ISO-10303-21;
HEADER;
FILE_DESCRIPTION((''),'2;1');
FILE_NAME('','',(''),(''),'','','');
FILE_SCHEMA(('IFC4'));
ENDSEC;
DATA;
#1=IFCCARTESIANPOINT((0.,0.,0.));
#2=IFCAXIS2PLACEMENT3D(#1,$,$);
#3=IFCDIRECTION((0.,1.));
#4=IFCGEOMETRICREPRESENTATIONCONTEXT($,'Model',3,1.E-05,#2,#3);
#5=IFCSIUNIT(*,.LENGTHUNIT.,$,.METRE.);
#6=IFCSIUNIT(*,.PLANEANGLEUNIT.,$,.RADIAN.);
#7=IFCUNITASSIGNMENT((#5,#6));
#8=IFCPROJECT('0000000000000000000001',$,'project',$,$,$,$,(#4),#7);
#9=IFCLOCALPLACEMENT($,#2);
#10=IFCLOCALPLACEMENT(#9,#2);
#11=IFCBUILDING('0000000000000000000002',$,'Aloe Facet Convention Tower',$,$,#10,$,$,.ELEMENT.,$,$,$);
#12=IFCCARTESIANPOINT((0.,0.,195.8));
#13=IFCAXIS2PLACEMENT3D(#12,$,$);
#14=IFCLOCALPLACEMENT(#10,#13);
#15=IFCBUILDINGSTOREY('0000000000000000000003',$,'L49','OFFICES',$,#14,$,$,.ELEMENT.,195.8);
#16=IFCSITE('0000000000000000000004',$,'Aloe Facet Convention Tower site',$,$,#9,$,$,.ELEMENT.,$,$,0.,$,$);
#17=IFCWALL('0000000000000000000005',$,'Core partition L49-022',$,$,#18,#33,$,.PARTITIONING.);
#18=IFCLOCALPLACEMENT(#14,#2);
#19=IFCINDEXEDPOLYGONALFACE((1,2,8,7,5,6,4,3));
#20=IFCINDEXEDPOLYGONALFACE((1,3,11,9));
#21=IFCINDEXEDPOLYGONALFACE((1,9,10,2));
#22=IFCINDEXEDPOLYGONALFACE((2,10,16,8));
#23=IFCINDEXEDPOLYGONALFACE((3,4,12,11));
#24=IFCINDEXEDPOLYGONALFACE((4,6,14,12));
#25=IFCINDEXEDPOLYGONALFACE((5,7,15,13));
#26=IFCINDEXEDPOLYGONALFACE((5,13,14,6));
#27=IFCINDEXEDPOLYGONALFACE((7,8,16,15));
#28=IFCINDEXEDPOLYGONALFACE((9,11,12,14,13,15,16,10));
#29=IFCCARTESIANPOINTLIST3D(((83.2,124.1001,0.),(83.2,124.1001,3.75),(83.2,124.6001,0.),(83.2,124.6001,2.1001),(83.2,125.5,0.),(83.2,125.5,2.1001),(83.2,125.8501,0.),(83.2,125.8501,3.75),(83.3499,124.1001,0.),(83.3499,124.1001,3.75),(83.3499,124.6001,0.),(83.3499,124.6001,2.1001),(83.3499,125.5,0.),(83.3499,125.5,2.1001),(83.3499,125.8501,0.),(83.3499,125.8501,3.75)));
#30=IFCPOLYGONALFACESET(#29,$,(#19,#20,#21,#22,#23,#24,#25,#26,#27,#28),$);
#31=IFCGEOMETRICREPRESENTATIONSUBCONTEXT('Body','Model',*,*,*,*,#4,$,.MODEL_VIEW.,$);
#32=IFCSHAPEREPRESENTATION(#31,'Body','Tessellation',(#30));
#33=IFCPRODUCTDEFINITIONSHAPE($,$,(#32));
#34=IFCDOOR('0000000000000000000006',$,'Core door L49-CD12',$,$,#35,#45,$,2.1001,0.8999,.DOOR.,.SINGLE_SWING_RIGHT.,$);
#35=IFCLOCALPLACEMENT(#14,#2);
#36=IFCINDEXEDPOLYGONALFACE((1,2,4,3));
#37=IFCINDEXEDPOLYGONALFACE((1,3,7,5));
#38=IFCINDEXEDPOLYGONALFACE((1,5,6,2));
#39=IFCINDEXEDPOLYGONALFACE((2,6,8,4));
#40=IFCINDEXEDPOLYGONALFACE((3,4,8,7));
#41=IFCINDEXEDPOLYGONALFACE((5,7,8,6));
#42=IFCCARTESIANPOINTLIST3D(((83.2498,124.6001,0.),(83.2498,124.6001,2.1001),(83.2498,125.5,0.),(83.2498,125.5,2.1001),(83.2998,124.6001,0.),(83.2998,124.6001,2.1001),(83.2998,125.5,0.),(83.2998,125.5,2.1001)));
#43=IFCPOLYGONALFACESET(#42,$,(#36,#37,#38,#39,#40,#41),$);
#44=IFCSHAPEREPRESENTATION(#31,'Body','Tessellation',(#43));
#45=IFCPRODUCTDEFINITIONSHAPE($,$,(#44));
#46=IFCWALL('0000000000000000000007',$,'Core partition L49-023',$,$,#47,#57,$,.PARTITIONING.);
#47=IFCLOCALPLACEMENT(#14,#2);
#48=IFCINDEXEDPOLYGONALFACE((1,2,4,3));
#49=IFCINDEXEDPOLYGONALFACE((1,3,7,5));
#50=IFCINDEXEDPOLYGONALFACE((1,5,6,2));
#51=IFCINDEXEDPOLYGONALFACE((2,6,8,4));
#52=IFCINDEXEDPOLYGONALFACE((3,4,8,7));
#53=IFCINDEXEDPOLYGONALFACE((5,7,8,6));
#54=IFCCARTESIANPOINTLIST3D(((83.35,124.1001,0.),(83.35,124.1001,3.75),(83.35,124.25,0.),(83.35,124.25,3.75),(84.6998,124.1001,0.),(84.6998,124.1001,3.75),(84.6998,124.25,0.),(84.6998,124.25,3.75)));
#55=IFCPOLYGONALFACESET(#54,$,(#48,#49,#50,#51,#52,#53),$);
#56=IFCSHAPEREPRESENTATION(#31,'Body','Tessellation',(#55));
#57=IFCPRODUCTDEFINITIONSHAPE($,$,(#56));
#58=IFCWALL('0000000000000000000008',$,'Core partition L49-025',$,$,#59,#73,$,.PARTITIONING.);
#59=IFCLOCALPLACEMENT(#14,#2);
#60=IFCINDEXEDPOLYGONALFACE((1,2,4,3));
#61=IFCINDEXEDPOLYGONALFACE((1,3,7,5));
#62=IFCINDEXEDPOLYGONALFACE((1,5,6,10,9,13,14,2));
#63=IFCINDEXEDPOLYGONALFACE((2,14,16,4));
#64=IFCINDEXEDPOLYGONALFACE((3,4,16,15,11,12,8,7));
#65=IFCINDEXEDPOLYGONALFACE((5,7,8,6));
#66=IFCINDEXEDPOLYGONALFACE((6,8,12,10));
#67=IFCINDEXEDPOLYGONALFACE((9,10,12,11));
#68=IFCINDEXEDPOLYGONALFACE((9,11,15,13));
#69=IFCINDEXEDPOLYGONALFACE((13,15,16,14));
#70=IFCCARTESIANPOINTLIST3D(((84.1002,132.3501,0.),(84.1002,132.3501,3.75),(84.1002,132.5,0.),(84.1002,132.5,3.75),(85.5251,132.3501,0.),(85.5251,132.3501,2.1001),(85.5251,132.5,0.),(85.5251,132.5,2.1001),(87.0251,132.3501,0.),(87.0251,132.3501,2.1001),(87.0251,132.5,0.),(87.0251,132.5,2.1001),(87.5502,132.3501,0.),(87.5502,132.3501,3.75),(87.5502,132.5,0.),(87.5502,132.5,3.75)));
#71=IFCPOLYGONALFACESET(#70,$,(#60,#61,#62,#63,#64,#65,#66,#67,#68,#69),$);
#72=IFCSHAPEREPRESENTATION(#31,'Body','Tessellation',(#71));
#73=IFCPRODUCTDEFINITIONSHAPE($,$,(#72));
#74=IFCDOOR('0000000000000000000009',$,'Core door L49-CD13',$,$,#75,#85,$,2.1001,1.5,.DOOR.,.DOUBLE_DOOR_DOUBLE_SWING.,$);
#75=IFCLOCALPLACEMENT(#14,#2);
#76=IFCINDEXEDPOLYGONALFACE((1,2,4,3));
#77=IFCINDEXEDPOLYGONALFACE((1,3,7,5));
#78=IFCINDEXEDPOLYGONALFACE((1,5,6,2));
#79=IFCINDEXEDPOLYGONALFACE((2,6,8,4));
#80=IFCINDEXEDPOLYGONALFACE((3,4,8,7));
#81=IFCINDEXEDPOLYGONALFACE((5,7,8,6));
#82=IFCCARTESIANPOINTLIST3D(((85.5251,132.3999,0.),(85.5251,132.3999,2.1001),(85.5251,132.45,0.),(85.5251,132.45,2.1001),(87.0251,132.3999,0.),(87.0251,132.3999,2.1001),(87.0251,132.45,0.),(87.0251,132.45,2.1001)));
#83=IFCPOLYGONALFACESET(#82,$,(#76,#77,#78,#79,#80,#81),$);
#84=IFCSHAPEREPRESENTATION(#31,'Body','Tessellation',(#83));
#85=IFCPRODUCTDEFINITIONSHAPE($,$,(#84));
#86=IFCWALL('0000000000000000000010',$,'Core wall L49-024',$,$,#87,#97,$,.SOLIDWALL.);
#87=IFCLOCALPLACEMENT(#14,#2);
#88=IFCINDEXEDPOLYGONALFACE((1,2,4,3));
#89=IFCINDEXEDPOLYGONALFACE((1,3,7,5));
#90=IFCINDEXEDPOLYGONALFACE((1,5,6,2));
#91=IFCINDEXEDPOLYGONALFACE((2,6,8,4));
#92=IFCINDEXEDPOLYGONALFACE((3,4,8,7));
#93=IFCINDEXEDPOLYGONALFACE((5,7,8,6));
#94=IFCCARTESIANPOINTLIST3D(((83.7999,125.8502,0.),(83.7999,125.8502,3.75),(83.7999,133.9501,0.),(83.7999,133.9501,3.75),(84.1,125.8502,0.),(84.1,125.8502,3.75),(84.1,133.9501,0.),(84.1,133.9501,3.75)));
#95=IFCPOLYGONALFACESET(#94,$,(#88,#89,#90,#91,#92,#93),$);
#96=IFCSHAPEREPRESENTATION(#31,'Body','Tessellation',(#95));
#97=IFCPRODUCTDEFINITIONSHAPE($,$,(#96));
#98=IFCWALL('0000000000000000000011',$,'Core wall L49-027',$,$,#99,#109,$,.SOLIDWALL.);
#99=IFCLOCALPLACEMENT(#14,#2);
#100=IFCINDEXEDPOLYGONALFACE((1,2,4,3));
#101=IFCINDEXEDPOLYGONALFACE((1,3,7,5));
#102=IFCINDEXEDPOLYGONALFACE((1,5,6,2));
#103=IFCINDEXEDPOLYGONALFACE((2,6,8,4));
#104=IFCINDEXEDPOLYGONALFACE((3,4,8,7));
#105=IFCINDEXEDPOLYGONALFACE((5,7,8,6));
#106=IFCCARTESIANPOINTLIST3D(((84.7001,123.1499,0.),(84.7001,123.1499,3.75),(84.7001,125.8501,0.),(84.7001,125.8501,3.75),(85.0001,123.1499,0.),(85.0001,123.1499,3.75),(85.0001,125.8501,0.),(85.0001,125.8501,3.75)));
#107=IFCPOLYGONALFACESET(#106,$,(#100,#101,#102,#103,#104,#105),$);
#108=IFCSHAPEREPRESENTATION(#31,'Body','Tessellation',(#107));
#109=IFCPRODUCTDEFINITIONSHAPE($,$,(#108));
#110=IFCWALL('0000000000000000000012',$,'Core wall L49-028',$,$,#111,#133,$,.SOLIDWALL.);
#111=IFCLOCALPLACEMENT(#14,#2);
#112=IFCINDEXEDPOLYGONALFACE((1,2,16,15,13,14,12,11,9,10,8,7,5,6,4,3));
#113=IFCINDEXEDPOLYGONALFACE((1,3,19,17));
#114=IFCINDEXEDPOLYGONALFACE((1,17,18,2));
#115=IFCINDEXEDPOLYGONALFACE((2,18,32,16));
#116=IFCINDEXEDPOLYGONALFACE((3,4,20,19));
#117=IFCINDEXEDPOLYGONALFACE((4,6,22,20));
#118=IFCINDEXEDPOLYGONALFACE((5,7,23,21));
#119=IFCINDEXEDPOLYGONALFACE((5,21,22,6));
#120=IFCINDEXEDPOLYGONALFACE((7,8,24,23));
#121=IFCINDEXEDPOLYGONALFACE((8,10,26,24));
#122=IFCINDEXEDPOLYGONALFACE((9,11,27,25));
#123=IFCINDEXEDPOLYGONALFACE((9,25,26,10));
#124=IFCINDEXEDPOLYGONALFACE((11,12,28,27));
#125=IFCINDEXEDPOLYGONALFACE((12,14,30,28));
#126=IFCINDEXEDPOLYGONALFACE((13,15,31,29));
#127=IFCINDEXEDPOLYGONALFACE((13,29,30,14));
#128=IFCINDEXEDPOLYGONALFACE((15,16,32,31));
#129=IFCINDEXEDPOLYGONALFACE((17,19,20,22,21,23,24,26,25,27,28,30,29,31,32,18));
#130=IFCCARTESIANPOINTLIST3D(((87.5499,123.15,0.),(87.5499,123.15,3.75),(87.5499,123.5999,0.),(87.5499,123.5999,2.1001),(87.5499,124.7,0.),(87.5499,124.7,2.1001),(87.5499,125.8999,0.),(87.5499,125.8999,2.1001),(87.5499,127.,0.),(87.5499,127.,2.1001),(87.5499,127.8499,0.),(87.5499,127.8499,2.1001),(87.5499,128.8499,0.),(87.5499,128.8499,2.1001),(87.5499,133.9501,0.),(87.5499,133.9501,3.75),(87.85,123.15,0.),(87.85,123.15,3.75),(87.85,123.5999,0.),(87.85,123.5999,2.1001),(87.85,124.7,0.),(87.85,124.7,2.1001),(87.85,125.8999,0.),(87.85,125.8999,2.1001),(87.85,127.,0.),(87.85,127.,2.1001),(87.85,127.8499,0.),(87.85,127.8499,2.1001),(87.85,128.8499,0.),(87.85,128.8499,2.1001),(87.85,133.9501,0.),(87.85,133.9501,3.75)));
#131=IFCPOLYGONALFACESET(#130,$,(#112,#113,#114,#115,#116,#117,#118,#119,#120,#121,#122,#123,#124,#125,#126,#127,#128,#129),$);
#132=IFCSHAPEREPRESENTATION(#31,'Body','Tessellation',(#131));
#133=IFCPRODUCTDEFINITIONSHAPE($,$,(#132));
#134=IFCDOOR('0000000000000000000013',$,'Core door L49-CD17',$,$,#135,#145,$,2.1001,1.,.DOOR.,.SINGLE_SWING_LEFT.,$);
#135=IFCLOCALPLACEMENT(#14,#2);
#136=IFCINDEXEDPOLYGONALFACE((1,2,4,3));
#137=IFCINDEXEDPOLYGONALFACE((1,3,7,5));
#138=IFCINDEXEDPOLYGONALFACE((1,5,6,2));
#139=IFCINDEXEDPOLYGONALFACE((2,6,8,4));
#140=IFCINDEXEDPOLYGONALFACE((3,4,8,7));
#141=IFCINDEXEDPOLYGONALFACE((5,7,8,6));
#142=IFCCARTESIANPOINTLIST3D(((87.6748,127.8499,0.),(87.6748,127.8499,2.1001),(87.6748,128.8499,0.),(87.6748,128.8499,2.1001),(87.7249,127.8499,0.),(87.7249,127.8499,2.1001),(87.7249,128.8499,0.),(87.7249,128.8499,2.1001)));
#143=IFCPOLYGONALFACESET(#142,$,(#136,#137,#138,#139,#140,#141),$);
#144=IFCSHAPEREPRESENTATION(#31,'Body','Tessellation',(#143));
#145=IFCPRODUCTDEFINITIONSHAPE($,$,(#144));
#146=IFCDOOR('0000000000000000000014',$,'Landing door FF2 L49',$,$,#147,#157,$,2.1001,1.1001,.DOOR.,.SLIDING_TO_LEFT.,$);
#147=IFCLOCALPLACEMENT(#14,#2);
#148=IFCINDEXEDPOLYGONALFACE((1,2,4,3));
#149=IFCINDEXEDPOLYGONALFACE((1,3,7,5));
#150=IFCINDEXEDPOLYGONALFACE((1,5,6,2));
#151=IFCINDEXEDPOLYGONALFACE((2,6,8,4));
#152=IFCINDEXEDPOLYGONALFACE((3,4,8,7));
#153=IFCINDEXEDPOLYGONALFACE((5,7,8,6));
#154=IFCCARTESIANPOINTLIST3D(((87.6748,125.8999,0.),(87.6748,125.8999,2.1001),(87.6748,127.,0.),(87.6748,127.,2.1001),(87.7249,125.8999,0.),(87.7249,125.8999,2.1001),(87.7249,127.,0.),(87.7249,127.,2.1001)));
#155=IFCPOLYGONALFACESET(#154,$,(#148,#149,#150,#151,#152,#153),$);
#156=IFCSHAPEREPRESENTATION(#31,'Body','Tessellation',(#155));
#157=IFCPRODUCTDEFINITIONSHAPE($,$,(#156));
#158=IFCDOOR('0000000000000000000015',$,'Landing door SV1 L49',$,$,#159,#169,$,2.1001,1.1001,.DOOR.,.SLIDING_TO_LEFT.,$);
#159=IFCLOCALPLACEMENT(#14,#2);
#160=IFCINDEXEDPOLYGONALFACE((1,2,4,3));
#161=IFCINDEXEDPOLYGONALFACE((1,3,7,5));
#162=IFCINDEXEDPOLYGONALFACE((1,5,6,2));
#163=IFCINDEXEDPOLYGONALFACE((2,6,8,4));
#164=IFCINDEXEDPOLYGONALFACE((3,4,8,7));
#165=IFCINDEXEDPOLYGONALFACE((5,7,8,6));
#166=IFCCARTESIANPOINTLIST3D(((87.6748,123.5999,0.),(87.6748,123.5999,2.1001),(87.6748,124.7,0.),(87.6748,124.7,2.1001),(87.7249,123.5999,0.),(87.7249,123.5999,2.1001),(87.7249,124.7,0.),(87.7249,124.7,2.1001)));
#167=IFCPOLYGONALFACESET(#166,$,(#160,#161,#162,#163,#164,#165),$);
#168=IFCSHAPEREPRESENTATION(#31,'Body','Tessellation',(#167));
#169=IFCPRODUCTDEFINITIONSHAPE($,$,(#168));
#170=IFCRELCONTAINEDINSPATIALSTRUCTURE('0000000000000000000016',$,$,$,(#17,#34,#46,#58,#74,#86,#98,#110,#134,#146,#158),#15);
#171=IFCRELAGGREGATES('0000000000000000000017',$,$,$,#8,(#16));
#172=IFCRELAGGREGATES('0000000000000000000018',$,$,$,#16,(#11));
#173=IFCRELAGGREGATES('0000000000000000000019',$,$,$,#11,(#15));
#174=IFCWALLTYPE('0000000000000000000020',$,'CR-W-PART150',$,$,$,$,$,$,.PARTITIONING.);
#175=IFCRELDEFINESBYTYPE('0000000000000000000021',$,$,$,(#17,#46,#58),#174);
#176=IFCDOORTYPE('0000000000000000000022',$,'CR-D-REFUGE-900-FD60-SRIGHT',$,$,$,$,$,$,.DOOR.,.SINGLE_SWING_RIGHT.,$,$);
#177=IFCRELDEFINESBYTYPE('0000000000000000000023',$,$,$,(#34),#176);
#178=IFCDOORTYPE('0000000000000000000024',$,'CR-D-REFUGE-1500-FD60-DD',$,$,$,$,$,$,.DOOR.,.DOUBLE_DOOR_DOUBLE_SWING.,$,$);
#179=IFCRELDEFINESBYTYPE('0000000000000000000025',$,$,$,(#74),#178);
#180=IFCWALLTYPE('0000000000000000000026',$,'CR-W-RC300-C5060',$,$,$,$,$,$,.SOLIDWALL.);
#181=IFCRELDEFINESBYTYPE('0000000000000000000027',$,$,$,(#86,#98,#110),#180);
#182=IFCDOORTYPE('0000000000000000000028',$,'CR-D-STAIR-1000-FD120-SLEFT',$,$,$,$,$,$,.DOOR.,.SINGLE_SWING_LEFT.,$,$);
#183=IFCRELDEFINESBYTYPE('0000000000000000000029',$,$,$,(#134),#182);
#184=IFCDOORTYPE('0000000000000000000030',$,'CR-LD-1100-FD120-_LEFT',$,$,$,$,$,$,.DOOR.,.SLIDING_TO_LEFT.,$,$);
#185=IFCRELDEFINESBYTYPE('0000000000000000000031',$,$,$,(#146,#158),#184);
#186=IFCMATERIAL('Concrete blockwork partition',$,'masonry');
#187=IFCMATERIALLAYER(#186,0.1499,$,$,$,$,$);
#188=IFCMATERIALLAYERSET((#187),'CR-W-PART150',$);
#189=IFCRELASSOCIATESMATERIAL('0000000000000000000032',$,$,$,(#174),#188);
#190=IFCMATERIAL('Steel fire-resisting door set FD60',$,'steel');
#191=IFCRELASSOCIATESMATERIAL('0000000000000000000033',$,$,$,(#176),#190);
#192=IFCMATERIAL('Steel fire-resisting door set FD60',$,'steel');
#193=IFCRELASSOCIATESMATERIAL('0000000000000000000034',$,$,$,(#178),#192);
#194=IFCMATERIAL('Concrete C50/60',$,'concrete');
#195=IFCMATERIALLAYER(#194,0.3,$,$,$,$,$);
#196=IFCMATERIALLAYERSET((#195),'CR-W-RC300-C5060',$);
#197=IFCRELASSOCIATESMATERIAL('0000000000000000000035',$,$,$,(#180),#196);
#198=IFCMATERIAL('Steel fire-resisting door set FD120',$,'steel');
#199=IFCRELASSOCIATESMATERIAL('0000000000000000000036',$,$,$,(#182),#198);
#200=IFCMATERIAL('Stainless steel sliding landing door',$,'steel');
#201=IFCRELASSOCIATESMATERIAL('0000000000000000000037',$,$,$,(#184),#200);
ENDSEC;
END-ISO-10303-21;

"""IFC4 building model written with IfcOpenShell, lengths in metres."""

from ifc_helpers import new_model, si_unit, direction, frame, frame_2d, origin, place, context, subcontext, project, spatial, rectangle, extrude, material, layer, layer_set, type_object, element, fill, save


model = new_model("IFC4")

# Units and contexts
model_context = context("Model", 3, precision=1e-05, world=origin(), true_north=direction((0.0, 1.0)))
body_context = subcontext(model_context, "Body", "Model", "MODEL_VIEW")
ifc_project = project(units=[si_unit("LENGTHUNIT", "METRE"), si_unit("PLANEANGLEUNIT", "RADIAN")], contexts=[model_context])

# Site, building, storey
site_placement = place(None, origin())
site = spatial("IfcSite", under=ifc_project, at=site_placement, Name="Aloe Facet Convention Tower site", CompositionType="ELEMENT", RefElevation=0.0)
building_placement = place(site_placement, origin())
building = spatial("IfcBuilding", under=site, at=building_placement, Name="Aloe Facet Convention Tower", CompositionType="ELEMENT")
storey_placement = place(building_placement, frame((0.0, 0.0, 195.8)))
storey = spatial("IfcBuildingStorey", under=building, at=storey_placement, Name="L49", Description="OFFICES", CompositionType="ELEMENT", Elevation=195.8)

# Wall, opening, door
ifc_material_1 = material(Name="Concrete blockwork partition", Category="masonry")
ifc_layer_1 = layer(ifc_material_1, 0.1499)
ifc_layer_set_1 = layer_set([ifc_layer_1], Name="CR-W-PART150")
wall_type_1 = type_object("IfcWallType", Name="CR-W-PART150", PredefinedType="PARTITIONING", material=ifc_layer_set_1)
wall_1_placement = place(storey_placement, frame((83.2749, 125.8501, 0.0), z_axis=(0.0, 0.0, 1.0), x_axis=(0.0, -1.0, 0.0)))
wall_1 = element("IfcWall", 1, at=wall_1_placement, inside=storey, type_object=wall_type_1, Name="Core partition L49-022", PredefinedType="PARTITIONING", context=body_context, shape_type="SweptSolid", body=[
    extrude(rectangle(XDim=1.75, YDim=0.1499, at=frame_2d((0.875, 0.0))), origin(), (0.0, 0.0, 1.0), 3.75),
])
opening_1_placement = place(wall_1_placement, frame((0.3501, 0.0, 0.0)))
opening_1 = element("IfcOpeningElement", 2, at=opening_1_placement, cuts=wall_1, PredefinedType="OPENING", context=body_context, shape_type="SweptSolid", body=[
    extrude(rectangle(XDim=0.8999, YDim=2.1001, at=frame_2d((0.45, 1.05))), frame((0.0, 0.085, 0.0), z_axis=(0.0, -1.0, 0.0), x_axis=(1.0, 0.0, 0.0)), (0.0, 0.0, 1.0), 0.1699),
])
ifc_material_2 = material(Name="Steel fire-resisting door set FD60", Category="steel")
door_type_1 = type_object("IfcDoorType", Name="CR-D-REFUGE-900-FD60-SRIGHT", OperationType="SINGLE_SWING_RIGHT", PredefinedType="DOOR", material=ifc_material_2)
door_1_placement = place(opening_1_placement, origin())
door_1 = element("IfcDoor", 3, at=door_1_placement, inside=storey, type_object=door_type_1, Name="Core door L49-CD12", OperationType="SINGLE_SWING_RIGHT", OverallHeight=2.1001, OverallWidth=0.8999, PredefinedType="DOOR", context=body_context, shape_type="SweptSolid", body=[
    extrude(rectangle(XDim=0.8999, YDim=2.1001, at=frame_2d((0.45, 1.05))), frame((0.0, 0.0249, 0.0), z_axis=(0.0, -1.0, 0.0), x_axis=(1.0, 0.0, 0.0)), (0.0, 0.0, 1.0), 0.05),
])
fill(opening_1, door_1)

# Wall
wall_2_placement = place(storey_placement, frame((83.3501, 124.175, 0.0), z_axis=(0.0, 0.0, 1.0), x_axis=(1.0, 0.0, 0.0)))
element("IfcWall", 4, at=wall_2_placement, inside=storey, type_object=wall_type_1, Name="Core partition L49-023", PredefinedType="PARTITIONING", context=body_context, shape_type="SweptSolid", body=[
    extrude(rectangle(XDim=1.3499, YDim=0.1499, at=frame_2d((0.6748, 0.0))), origin(), (0.0, 0.0, 1.0), 3.75),
])

# Wall, opening, door
wall_3_placement = place(storey_placement, frame((84.1001, 132.425, 0.0), z_axis=(0.0, 0.0, 1.0), x_axis=(1.0, 0.0, 0.0)))
wall_3 = element("IfcWall", 5, at=wall_3_placement, inside=storey, type_object=wall_type_1, Name="Core partition L49-025", PredefinedType="PARTITIONING", context=body_context, shape_type="SweptSolid", body=[
    extrude(rectangle(XDim=3.45, YDim=0.1499, at=frame_2d((1.7251, 0.0))), origin(), (0.0, 0.0, 1.0), 3.75),
])
opening_2_placement = place(wall_3_placement, frame((1.425, 0.0, 0.0)))
opening_2 = element("IfcOpeningElement", 6, at=opening_2_placement, cuts=wall_3, PredefinedType="OPENING", context=body_context, shape_type="SweptSolid", body=[
    extrude(rectangle(XDim=1.5, YDim=2.1001, at=frame_2d((0.75, 1.05))), frame((0.0, 0.085, 0.0), z_axis=(0.0, -1.0, 0.0), x_axis=(1.0, 0.0, 0.0)), (0.0, 0.0, 1.0), 0.1699),
])
ifc_material_3 = material(Name="Steel fire-resisting door set FD60", Category="steel")
door_type_2 = type_object("IfcDoorType", Name="CR-D-REFUGE-1500-FD60-DD", OperationType="DOUBLE_DOOR_DOUBLE_SWING", PredefinedType="DOOR", material=ifc_material_3)
door_2_placement = place(opening_2_placement, origin())
door_2 = element("IfcDoor", 7, at=door_2_placement, inside=storey, type_object=door_type_2, Name="Core door L49-CD13", OperationType="DOUBLE_DOOR_DOUBLE_SWING", OverallHeight=2.1001, OverallWidth=1.5, PredefinedType="DOOR", context=body_context, shape_type="SweptSolid", body=[
    extrude(rectangle(XDim=1.5, YDim=2.1001, at=frame_2d((0.75, 1.05))), frame((0.0, 0.0249, 0.0), z_axis=(0.0, -1.0, 0.0), x_axis=(1.0, 0.0, 0.0)), (0.0, 0.0, 1.0), 0.05),
])
fill(opening_2, door_2)

# Walls
ifc_material_4 = material(Name="Concrete C50/60", Category="concrete")
ifc_layer_2 = layer(ifc_material_4, 0.3)
ifc_layer_set_2 = layer_set([ifc_layer_2], Name="CR-W-RC300-C5060")
wall_type_2 = type_object("IfcWallType", Name="CR-W-RC300-C5060", PredefinedType="SOLIDWALL", material=ifc_layer_set_2)
wall_4_placement = place(storey_placement, frame((83.95, 133.95, 0.0), z_axis=(0.0, 0.0, 1.0), x_axis=(0.0, -1.0, 0.0)))
element("IfcWall", 8, at=wall_4_placement, inside=storey, type_object=wall_type_2, Name="Core wall L49-024", PredefinedType="SOLIDWALL", context=body_context, shape_type="SweptSolid", body=[
    extrude(rectangle(XDim=8.0999, YDim=0.3, at=frame_2d((4.0498, 0.0))), origin(), (0.0, 0.0, 1.0), 3.75),
])
wall_5_placement = place(storey_placement, frame((84.8501, 125.8501, 0.0), z_axis=(0.0, 0.0, 1.0), x_axis=(0.0, -1.0, 0.0)))
element("IfcWall", 9, at=wall_5_placement, inside=storey, type_object=wall_type_2, Name="Core wall L49-027", PredefinedType="SOLIDWALL", context=body_context, shape_type="SweptSolid", body=[
    extrude(rectangle(XDim=2.7002, YDim=0.3, at=frame_2d((1.3501, 0.0))), origin(), (0.0, 0.0, 1.0), 3.75),
])

# Wall, openings, doors
wall_6_placement = place(storey_placement, frame((87.7, 133.95, 0.0), z_axis=(0.0, 0.0, 1.0), x_axis=(0.0, -1.0, 0.0)))
wall_6 = element("IfcWall", 10, at=wall_6_placement, inside=storey, type_object=wall_type_2, Name="Core wall L49-028", PredefinedType="SOLIDWALL", context=body_context, shape_type="SweptSolid", body=[
    extrude(rectangle(XDim=10.8, YDim=0.3, at=frame_2d((5.3999, 0.0))), origin(), (0.0, 0.0, 1.0), 3.75),
])
opening_3_placement = place(wall_6_placement, frame((6.95, 0.0, 0.0)))
opening_3 = element("IfcOpeningElement", 11, at=opening_3_placement, cuts=wall_6, PredefinedType="OPENING", context=body_context, shape_type="SweptSolid", body=[
    extrude(rectangle(XDim=1.1001, YDim=2.1001, at=frame_2d((0.55, 1.05))), frame((0.0, 0.1602, 0.0), z_axis=(0.0, -1.0, 0.0), x_axis=(1.0, 0.0, 0.0)), (0.0, 0.0, 1.0), 0.3201),
])
opening_4_placement = place(wall_6_placement, frame((5.1001, 0.0, 0.0)))
opening_4 = element("IfcOpeningElement", 12, at=opening_4_placement, cuts=wall_6, PredefinedType="OPENING", context=body_context, shape_type="SweptSolid", body=[
    extrude(rectangle(XDim=1.0, YDim=2.1001, at=frame_2d((0.5, 1.05))), frame((0.0, 0.1602, 0.0), z_axis=(0.0, -1.0, 0.0), x_axis=(1.0, 0.0, 0.0)), (0.0, 0.0, 1.0), 0.3201),
])
opening_5_placement = place(wall_6_placement, frame((9.25, 0.0, 0.0)))
opening_5 = element("IfcOpeningElement", 13, at=opening_5_placement, cuts=wall_6, PredefinedType="OPENING", context=body_context, shape_type="SweptSolid", body=[
    extrude(rectangle(XDim=1.1001, YDim=2.1001, at=frame_2d((0.55, 1.05))), frame((0.0, 0.1602, 0.0), z_axis=(0.0, -1.0, 0.0), x_axis=(1.0, 0.0, 0.0)), (0.0, 0.0, 1.0), 0.3201),
])
ifc_material_5 = material(Name="Steel fire-resisting door set FD120", Category="steel")
door_type_3 = type_object("IfcDoorType", Name="CR-D-STAIR-1000-FD120-SLEFT", OperationType="SINGLE_SWING_LEFT", PredefinedType="DOOR", material=ifc_material_5)
door_3_placement = place(opening_4_placement, origin())
door_3 = element("IfcDoor", 14, at=door_3_placement, inside=storey, type_object=door_type_3, Name="Core door L49-CD17", OperationType="SINGLE_SWING_LEFT", OverallHeight=2.1001, OverallWidth=1.0, PredefinedType="DOOR", context=body_context, shape_type="SweptSolid", body=[
    extrude(rectangle(XDim=1.0, YDim=2.1001, at=frame_2d((0.5, 1.05))), frame((0.0, 0.0249, 0.0), z_axis=(0.0, -1.0, 0.0), x_axis=(1.0, 0.0, 0.0)), (0.0, 0.0, 1.0), 0.05),
])
fill(opening_4, door_3)
ifc_material_6 = material(Name="Stainless steel sliding landing door", Category="steel")
door_type_4 = type_object("IfcDoorType", Name="CR-LD-1100-FD120-_LEFT", OperationType="SLIDING_TO_LEFT", PredefinedType="DOOR", material=ifc_material_6)
door_4_placement = place(opening_3_placement, origin())
door_4 = element("IfcDoor", 15, at=door_4_placement, inside=storey, type_object=door_type_4, Name="Landing door FF2 L49", OperationType="SLIDING_TO_LEFT", OverallHeight=2.1001, OverallWidth=1.1001, PredefinedType="DOOR", context=body_context, shape_type="SweptSolid", body=[
    extrude(rectangle(XDim=1.1001, YDim=2.1001, at=frame_2d((0.55, 1.05))), frame((0.0, 0.0249, 0.0), z_axis=(0.0, -1.0, 0.0), x_axis=(1.0, 0.0, 0.0)), (0.0, 0.0, 1.0), 0.05),
])
fill(opening_3, door_4)
door_5_placement = place(opening_5_placement, origin())
door_5 = element("IfcDoor", 16, at=door_5_placement, inside=storey, type_object=door_type_4, Name="Landing door SV1 L49", OperationType="SLIDING_TO_LEFT", OverallHeight=2.1001, OverallWidth=1.1001, PredefinedType="DOOR", context=body_context, shape_type="SweptSolid", body=[
    extrude(rectangle(XDim=1.1001, YDim=2.1001, at=frame_2d((0.55, 1.05))), frame((0.0, 0.0249, 0.0), z_axis=(0.0, -1.0, 0.0), x_axis=(1.0, 0.0, 0.0)), (0.0, 0.0, 1.0), 0.05),
])
fill(opening_5, door_5)

save(model, "model.ifc")
